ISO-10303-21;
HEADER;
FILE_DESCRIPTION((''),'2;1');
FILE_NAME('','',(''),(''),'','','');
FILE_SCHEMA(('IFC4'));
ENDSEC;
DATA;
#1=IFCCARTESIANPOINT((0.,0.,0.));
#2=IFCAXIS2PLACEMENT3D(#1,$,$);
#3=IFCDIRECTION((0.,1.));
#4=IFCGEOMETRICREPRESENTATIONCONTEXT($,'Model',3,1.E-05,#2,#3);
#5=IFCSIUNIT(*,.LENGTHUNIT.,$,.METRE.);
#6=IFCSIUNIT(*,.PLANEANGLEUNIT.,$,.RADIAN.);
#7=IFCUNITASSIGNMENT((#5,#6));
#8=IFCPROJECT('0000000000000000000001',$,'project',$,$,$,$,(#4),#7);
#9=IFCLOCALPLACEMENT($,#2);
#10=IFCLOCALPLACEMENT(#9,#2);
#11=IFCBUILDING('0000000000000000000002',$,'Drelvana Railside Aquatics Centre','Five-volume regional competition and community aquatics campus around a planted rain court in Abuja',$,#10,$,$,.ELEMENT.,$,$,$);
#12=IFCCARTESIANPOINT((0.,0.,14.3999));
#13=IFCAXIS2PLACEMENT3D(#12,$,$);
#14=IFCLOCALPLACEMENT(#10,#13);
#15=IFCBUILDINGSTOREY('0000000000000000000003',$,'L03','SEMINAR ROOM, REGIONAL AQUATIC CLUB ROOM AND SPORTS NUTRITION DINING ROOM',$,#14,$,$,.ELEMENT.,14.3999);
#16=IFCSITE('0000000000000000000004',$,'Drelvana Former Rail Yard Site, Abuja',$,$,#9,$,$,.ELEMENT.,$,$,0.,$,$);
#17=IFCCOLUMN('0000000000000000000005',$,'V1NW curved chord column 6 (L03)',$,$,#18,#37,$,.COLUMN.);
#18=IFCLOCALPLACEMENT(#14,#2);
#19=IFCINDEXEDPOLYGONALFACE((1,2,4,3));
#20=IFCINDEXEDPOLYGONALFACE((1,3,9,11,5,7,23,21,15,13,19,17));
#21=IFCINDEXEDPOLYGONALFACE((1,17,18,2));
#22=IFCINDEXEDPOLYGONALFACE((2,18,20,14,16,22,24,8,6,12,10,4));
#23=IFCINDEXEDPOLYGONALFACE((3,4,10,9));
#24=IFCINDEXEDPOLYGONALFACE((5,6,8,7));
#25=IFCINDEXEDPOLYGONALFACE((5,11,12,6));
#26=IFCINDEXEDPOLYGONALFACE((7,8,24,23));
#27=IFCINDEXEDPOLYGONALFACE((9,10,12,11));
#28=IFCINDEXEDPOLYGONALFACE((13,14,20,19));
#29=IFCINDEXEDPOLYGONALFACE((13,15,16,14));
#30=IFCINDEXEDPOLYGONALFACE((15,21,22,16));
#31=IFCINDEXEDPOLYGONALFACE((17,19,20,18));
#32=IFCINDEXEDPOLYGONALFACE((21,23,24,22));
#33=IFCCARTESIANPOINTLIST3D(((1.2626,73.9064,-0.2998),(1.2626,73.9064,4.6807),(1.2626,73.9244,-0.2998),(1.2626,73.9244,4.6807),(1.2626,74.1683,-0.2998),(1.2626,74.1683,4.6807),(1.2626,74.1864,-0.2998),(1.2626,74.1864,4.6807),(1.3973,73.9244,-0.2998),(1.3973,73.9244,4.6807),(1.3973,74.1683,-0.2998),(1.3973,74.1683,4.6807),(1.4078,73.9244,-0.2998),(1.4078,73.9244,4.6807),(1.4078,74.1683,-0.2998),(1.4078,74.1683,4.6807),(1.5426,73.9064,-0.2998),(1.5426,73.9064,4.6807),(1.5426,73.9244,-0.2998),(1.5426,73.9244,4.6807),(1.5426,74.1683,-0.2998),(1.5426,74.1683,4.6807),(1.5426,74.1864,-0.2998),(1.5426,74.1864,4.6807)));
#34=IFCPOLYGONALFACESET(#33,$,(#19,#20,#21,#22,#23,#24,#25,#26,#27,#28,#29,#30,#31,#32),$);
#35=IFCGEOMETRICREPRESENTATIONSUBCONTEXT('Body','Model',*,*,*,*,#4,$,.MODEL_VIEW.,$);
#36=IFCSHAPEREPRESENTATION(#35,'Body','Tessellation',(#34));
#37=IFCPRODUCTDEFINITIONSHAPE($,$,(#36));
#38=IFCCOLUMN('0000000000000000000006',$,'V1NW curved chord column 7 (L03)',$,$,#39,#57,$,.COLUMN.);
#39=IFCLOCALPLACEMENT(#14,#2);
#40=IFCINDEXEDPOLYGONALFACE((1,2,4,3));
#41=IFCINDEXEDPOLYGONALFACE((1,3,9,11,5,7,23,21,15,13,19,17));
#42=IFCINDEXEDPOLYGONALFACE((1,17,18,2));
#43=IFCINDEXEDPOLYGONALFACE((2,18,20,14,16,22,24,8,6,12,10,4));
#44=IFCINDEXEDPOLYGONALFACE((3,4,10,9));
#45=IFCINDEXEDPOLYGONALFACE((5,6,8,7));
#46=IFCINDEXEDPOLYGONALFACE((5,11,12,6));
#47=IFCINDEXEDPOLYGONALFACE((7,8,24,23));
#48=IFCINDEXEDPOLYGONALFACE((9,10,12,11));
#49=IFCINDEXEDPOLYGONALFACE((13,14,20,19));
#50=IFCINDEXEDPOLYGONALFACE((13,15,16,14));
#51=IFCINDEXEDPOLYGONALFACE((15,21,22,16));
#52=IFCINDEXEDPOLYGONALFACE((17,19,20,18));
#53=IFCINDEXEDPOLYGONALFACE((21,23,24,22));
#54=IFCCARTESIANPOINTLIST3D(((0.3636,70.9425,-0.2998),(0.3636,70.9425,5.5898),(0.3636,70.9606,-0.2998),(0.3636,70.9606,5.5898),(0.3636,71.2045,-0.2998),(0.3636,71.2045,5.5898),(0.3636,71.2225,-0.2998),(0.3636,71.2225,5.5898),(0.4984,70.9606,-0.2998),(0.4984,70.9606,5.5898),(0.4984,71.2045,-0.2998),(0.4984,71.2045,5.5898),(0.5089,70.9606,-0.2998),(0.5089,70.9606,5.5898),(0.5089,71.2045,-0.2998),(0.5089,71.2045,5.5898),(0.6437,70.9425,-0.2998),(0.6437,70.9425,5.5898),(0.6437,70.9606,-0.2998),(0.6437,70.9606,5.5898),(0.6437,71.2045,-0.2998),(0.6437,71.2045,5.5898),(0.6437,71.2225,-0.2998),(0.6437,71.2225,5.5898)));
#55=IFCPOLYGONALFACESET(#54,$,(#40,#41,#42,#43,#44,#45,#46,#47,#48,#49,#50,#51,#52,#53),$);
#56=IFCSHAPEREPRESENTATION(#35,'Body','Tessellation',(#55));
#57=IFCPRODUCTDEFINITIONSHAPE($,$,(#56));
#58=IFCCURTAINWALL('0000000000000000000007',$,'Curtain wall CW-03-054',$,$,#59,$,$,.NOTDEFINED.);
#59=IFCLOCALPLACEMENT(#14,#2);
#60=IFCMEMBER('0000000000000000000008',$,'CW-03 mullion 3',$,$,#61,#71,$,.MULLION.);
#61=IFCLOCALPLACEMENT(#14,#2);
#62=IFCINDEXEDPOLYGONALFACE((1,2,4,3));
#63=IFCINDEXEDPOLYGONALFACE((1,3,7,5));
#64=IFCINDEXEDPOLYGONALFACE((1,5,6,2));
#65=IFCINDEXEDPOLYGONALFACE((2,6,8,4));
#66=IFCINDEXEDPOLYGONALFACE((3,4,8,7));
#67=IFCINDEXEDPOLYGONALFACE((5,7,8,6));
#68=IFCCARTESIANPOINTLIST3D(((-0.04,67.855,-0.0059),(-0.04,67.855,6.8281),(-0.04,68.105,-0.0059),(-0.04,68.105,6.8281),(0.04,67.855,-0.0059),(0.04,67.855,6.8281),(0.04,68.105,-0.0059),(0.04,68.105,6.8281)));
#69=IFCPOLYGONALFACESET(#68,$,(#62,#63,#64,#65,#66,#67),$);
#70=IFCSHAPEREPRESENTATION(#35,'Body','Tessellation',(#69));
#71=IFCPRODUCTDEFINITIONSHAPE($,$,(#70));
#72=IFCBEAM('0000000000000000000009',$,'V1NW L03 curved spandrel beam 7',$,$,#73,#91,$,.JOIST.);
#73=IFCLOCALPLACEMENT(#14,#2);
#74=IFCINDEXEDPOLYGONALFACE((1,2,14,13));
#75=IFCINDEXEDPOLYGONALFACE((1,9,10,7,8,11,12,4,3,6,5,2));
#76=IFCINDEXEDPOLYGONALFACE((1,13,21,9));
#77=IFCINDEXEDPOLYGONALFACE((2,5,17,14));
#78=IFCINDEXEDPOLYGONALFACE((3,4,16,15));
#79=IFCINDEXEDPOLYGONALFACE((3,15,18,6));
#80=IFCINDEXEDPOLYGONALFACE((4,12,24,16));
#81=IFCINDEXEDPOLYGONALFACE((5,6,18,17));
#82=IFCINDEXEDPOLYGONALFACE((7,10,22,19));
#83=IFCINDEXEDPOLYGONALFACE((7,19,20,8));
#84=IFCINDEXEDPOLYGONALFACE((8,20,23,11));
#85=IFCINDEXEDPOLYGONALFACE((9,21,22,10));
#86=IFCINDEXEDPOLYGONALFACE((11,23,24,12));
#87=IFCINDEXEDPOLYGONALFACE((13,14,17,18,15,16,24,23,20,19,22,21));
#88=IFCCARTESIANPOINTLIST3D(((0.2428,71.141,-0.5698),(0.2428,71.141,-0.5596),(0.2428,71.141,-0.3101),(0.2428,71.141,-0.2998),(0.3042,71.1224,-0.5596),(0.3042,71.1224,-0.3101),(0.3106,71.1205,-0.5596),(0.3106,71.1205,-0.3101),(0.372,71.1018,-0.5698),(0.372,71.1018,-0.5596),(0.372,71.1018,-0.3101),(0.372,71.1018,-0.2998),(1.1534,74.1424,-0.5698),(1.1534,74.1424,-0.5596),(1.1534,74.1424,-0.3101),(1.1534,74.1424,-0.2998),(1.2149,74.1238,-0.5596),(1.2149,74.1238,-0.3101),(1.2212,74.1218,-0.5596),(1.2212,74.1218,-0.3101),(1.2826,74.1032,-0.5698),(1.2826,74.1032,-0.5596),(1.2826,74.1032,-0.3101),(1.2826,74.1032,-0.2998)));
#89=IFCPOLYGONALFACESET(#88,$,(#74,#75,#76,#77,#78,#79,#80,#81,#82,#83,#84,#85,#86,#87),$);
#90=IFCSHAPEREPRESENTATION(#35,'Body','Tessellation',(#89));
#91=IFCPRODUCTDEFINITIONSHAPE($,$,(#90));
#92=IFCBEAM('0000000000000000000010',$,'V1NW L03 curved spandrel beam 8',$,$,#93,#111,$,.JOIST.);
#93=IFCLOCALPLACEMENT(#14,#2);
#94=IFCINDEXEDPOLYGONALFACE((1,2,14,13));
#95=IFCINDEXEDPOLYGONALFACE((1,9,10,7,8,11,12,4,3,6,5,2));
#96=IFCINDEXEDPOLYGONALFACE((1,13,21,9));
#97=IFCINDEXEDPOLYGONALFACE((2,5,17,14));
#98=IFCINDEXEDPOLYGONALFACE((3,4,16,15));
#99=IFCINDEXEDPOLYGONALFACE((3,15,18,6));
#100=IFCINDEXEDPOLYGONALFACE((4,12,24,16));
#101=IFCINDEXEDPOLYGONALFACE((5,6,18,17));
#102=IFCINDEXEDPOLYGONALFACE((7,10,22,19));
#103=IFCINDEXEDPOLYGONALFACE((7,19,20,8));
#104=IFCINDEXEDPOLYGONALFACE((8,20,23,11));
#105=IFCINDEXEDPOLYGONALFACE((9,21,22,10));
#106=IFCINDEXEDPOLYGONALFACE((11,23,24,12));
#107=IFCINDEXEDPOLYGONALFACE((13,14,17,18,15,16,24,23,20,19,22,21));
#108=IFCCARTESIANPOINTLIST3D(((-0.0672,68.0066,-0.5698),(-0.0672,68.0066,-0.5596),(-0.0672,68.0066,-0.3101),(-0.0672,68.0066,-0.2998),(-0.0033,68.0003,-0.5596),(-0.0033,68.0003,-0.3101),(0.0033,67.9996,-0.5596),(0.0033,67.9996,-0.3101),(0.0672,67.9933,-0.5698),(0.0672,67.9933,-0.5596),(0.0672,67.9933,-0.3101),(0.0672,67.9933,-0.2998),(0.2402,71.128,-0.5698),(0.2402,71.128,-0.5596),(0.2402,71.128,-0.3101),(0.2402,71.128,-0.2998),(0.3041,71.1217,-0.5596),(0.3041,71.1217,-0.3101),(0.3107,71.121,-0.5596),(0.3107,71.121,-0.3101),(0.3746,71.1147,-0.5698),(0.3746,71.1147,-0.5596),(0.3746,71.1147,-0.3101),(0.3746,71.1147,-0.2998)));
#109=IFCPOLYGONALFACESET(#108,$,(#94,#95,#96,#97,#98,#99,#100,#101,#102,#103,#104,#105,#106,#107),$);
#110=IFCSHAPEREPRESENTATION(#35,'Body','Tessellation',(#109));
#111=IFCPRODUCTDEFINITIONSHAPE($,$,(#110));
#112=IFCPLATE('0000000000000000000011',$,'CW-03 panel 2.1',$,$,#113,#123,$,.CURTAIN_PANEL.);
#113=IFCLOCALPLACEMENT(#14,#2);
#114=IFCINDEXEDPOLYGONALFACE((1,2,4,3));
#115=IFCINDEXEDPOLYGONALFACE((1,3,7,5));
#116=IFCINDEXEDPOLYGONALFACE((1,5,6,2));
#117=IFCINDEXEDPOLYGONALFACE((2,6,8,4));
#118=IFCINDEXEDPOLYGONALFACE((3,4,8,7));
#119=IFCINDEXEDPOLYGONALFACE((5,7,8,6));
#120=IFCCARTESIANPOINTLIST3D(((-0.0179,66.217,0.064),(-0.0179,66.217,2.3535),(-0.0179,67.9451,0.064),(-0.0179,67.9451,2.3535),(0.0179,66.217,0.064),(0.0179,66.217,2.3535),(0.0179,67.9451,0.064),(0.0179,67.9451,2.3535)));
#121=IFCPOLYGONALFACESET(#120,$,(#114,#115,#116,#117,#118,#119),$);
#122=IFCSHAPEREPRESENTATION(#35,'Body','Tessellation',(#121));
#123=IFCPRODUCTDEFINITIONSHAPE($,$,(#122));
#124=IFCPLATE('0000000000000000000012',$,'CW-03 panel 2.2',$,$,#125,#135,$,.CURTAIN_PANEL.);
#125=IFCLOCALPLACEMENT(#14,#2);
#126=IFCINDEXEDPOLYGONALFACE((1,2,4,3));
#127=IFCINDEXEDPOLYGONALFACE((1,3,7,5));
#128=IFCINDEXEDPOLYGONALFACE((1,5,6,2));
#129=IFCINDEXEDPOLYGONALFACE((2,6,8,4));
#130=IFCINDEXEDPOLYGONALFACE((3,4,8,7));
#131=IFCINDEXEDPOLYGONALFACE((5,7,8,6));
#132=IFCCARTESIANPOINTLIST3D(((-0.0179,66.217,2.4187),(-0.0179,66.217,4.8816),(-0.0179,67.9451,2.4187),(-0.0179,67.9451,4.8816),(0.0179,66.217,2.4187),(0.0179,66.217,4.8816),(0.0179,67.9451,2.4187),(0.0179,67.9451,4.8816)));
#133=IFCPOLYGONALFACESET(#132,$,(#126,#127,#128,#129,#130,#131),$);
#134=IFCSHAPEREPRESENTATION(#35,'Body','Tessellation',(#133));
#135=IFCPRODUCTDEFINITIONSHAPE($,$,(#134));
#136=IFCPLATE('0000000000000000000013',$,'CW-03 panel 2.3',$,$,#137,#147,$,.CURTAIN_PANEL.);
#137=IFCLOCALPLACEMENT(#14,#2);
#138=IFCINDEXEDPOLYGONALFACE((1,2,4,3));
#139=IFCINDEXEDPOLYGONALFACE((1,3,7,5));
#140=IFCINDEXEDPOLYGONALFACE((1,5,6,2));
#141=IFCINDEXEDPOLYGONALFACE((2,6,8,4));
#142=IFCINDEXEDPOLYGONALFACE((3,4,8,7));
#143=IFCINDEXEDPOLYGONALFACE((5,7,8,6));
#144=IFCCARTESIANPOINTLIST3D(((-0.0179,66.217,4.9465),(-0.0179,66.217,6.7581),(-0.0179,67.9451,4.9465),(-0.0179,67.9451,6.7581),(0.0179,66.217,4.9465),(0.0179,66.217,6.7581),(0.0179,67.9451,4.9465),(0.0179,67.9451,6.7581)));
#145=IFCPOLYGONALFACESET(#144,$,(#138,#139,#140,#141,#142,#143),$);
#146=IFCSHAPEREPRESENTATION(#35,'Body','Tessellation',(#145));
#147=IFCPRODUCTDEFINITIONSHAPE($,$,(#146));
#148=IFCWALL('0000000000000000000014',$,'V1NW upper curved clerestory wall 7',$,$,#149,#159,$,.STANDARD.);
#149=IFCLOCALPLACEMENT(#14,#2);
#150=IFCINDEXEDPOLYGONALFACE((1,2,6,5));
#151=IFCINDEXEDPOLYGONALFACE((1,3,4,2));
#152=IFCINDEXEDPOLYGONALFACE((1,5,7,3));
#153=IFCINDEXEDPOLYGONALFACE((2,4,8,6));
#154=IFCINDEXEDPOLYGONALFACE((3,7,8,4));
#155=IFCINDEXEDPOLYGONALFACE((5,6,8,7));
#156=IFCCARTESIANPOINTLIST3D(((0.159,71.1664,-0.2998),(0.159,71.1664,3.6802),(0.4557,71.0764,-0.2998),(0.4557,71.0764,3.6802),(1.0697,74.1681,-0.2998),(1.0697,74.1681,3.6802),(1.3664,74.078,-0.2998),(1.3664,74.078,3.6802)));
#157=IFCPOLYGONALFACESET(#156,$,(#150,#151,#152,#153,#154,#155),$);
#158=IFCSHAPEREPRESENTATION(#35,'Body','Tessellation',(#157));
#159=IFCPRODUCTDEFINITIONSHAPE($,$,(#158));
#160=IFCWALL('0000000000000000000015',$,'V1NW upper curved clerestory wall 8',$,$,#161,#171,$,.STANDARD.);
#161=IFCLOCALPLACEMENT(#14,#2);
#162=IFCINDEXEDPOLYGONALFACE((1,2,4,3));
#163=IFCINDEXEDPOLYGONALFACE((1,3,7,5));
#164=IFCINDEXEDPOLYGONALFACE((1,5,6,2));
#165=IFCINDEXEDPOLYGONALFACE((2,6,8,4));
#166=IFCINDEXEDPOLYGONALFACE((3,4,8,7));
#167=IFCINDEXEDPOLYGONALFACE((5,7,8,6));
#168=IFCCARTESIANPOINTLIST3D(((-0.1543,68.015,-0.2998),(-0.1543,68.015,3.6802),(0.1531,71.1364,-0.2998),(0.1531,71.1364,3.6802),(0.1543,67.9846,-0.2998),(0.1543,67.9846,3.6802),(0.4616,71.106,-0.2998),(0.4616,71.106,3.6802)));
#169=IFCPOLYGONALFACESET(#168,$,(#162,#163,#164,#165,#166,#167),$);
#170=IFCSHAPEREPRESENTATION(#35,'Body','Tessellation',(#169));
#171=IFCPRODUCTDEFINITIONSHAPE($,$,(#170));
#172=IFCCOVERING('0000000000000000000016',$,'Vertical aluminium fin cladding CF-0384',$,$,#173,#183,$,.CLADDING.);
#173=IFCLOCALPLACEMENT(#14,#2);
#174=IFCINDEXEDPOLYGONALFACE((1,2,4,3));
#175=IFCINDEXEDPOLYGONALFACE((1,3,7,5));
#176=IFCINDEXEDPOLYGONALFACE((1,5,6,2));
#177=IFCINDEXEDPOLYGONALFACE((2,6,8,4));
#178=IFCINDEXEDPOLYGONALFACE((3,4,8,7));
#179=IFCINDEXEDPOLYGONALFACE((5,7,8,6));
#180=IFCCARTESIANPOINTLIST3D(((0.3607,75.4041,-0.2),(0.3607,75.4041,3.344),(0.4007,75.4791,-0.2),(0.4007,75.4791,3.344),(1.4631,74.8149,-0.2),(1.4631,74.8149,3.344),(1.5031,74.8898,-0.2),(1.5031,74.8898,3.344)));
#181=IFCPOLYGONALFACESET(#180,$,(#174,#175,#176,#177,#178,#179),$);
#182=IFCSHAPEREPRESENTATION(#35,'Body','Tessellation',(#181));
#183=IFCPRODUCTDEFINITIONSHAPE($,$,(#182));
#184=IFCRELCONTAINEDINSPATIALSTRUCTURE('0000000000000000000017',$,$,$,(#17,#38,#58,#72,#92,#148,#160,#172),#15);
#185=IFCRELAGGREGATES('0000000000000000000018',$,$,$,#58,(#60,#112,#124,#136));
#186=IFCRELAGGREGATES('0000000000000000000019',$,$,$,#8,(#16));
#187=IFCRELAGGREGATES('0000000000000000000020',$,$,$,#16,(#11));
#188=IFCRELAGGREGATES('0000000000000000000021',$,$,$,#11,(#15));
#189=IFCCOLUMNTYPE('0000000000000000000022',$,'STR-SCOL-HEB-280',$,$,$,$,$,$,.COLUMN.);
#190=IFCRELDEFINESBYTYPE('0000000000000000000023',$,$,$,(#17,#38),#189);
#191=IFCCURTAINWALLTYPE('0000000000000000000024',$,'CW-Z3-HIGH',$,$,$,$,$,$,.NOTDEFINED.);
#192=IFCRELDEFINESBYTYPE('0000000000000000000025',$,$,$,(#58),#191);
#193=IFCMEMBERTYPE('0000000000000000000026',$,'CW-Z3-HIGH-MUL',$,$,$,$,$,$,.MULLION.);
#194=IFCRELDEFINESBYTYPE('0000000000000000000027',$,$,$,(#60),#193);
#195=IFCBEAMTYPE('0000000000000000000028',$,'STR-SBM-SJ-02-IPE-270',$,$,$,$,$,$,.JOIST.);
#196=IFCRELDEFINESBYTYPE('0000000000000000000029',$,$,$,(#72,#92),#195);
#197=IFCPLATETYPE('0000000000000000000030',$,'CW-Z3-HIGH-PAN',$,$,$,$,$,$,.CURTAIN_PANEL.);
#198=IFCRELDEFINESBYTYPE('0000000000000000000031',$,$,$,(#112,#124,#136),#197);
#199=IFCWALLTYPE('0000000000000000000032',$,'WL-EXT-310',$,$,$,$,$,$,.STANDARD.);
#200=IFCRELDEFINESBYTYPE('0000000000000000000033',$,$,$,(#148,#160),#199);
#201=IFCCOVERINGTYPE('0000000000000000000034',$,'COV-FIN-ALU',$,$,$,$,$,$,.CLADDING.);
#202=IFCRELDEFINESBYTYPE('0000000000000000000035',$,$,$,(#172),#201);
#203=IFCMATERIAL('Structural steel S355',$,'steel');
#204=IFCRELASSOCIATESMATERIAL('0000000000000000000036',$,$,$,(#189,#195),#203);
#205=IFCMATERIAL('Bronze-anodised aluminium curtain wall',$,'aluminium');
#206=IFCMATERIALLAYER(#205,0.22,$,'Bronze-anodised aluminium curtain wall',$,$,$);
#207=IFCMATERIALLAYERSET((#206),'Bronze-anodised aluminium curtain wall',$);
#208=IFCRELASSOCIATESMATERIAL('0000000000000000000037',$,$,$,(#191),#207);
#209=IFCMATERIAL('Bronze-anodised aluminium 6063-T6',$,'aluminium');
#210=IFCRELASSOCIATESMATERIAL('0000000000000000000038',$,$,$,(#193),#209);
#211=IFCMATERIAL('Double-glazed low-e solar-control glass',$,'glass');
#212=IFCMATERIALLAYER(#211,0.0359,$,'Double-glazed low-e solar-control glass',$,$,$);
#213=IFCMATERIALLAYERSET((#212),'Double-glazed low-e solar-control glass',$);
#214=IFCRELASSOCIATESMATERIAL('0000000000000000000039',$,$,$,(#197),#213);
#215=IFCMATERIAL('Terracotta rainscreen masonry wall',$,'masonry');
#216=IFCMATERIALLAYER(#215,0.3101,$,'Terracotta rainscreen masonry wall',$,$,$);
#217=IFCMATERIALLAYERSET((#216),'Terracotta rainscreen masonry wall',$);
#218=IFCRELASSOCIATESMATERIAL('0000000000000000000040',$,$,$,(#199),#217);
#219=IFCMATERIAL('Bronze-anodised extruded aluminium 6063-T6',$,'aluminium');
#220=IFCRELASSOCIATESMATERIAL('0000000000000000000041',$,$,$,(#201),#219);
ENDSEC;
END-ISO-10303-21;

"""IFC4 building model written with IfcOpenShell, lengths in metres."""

from ifc_helpers import new_model, si_unit, direction, frame, frame_2d, origin, origin_2d, place, context, subcontext, project, spatial, rectangle, i_section, extrude, material, layer, layer_set, material_profile, profile_set, type_object, element, aggregate, save


model = new_model("IFC4")

# Units and contexts
model_context = context("Model", 3, precision=1e-05, world=origin(), true_north=direction((0.0, 1.0)))
body_context = subcontext(model_context, "Body", "Model", "MODEL_VIEW")
ifc_project = project(units=[si_unit("LENGTHUNIT", "METRE"), si_unit("PLANEANGLEUNIT", "RADIAN")], contexts=[model_context])

# Site, building, storey
site_placement = place(None, origin())
site = spatial("IfcSite", under=ifc_project, at=site_placement, Name="Drelvana Former Rail Yard Site, Abuja", CompositionType="ELEMENT", RefElevation=0.0)
building_placement = place(site_placement, origin())
building = spatial("IfcBuilding", under=site, at=building_placement, Name="Drelvana Railside Aquatics Centre", Description="Five-volume regional competition and community aquatics campus around a planted rain court in Abuja", CompositionType="ELEMENT")
storey_placement = place(building_placement, frame((0.0, 0.0, 14.3999)))
storey = spatial("IfcBuildingStorey", under=building, at=storey_placement, Name="L03", Description="SEMINAR ROOM, REGIONAL AQUATIC CLUB ROOM AND SPORTS NUTRITION DINING ROOM", CompositionType="ELEMENT", Elevation=14.3999)

# Columns
ifc_material_1 = material(Name="Structural steel S355", Category="steel")
ifc_material_profile_1 = material_profile(ifc_material_1, i_section(OverallWidth=0.28, OverallDepth=0.28, WebThickness=0.0105, FlangeThickness=0.0181, at=origin_2d()), Name="HEB 280")
ifc_profile_set_1 = profile_set([ifc_material_profile_1], Name="Structural steel S355")
column_type = type_object("IfcColumnType", Name="STR-SCOL-HEB-280", PredefinedType="COLUMN", material=ifc_profile_set_1)
column_1_placement = place(storey_placement, frame((1.4026, 74.0464, -0.2998), z_axis=(0.0, 0.0, 1.0), x_axis=(1.0, 0.0, 0.0)))
element("IfcColumn", 1, at=column_1_placement, inside=storey, type_object=column_type, Name="V1NW curved chord column 6 (L03)", PredefinedType="COLUMN", context=body_context, shape_type="SweptSolid", body=[
    extrude(i_section(OverallWidth=0.28, OverallDepth=0.28, WebThickness=0.0105, FlangeThickness=0.0181, at=origin_2d()), origin(), (0.0, 0.0, 1.0), 4.9805),
])
column_2_placement = place(storey_placement, frame((0.5037, 71.0825, -0.2998), z_axis=(0.0, 0.0, 1.0), x_axis=(1.0, 0.0, 0.0)))
element("IfcColumn", 2, at=column_2_placement, inside=storey, type_object=column_type, Name="V1NW curved chord column 7 (L03)", PredefinedType="COLUMN", context=body_context, shape_type="SweptSolid", body=[
    extrude(i_section(OverallWidth=0.28, OverallDepth=0.28, WebThickness=0.0105, FlangeThickness=0.0181, at=origin_2d()), origin(), (0.0, 0.0, 1.0), 5.8896),
])

# Curtain wall, member
ifc_material_2 = material(Name="Bronze-anodised aluminium curtain wall", Category="aluminium")
ifc_layer_1 = layer(ifc_material_2, 0.22, Name="Bronze-anodised aluminium curtain wall")
ifc_layer_set_1 = layer_set([ifc_layer_1], Name="Bronze-anodised aluminium curtain wall")
curtain_wall_type = type_object("IfcCurtainWallType", Name="CW-Z3-HIGH", PredefinedType="NOTDEFINED", material=ifc_layer_set_1)
curtain_wall_placement = place(storey_placement, origin())
curtain_wall = element("IfcCurtainWall", 3, at=curtain_wall_placement, inside=storey, type_object=curtain_wall_type, Name="Curtain wall CW-03-054", PredefinedType="NOTDEFINED")
ifc_material_3 = material(Name="Bronze-anodised aluminium 6063-T6", Category="aluminium")
ifc_material_profile_2 = material_profile(ifc_material_3, rectangle(XDim=0.0801, YDim=0.25, at=origin_2d()), Name="ALU-M 80x250")
ifc_profile_set_2 = profile_set([ifc_material_profile_2], Name="Bronze-anodised aluminium 6063-T6")
member_type = type_object("IfcMemberType", Name="CW-Z3-HIGH-MUL", PredefinedType="MULLION", material=ifc_profile_set_2)
member_placement = place(storey_placement, frame((0.0, 67.98, -0.0059), z_axis=(0.0, 0.0, 1.0), x_axis=(-1.0, 0.0, 0.0)))
member = element("IfcMember", 4, at=member_placement, type_object=member_type, Name="CW-03 mullion 3", PredefinedType="MULLION", context=body_context, shape_type="SweptSolid", body=[
    extrude(rectangle(XDim=0.0801, YDim=0.25, at=origin_2d()), origin(), (0.0, 0.0, 1.0), 6.834),
])

# Beams
ifc_material_profile_3 = material_profile(ifc_material_1, i_section(OverallWidth=0.135, OverallDepth=0.27, WebThickness=0.0066, FlangeThickness=0.0103, at=origin_2d()), Name="IPE 270")
ifc_profile_set_3 = profile_set([ifc_material_profile_3], Name="Structural steel S355")
beam_type = type_object("IfcBeamType", Name="STR-SBM-SJ-02-IPE-270", PredefinedType="JOIST", material=ifc_profile_set_3)
for number, where, z_axis, x_axis, name in (
    (5, (1.218, 74.1228, -0.4348), (-0.290331, -0.956926, 0.0), (0.956926, -0.290331, 0.0), "V1NW L03 curved spandrel beam 7"),
    (6, (0.3074, 71.1213, -0.4348), (-0.098001, -0.995186, 0.0), (0.995186, -0.098001, 0.0), "V1NW L03 curved spandrel beam 8"),
):
    element("IfcBeam", number, at=place(storey_placement, frame(where, z_axis=z_axis, x_axis=x_axis)), inside=storey, type_object=beam_type, Name=name, PredefinedType="JOIST", context=body_context, shape_type="SweptSolid", body=[
        extrude(i_section(OverallWidth=0.135, OverallDepth=0.27, WebThickness=0.0066, FlangeThickness=0.0103, at=origin_2d()), origin(), (0.0, 0.0, 1.0), 3.1365),
    ])

# Plates
ifc_material_4 = material(Name="Double-glazed low-e solar-control glass", Category="glass")
ifc_layer_2 = layer(ifc_material_4, 0.0359, Name="Double-glazed low-e solar-control glass")
ifc_layer_set_2 = layer_set([ifc_layer_2], Name="Double-glazed low-e solar-control glass")
plate_type = type_object("IfcPlateType", Name="CW-Z3-HIGH-PAN", PredefinedType="CURTAIN_PANEL", material=ifc_layer_set_2)
plate_1_placement = place(storey_placement, frame((0.0, 67.0811, 0.064), z_axis=(0.0, 0.0, 1.0), x_axis=(0.0, 1.0, 0.0)))
plate_1 = element("IfcPlate", 7, at=plate_1_placement, type_object=plate_type, Name="CW-03 panel 2.1", PredefinedType="CURTAIN_PANEL", context=body_context, shape_type="SweptSolid", body=[
    extrude(rectangle(XDim=1.728, YDim=0.0359, at=origin_2d()), origin(), (0.0, 0.0, 1.0), 2.2896),
])
plate_2_placement = place(storey_placement, frame((0.0, 67.0811, 2.4187), z_axis=(0.0, 0.0, 1.0), x_axis=(0.0, 1.0, 0.0)))
plate_2 = element("IfcPlate", 8, at=plate_2_placement, type_object=plate_type, Name="CW-03 panel 2.2", PredefinedType="CURTAIN_PANEL", context=body_context, shape_type="SweptSolid", body=[
    extrude(rectangle(XDim=1.728, YDim=0.0359, at=origin_2d()), origin(), (0.0, 0.0, 1.0), 2.4629),
])
plate_3_placement = place(storey_placement, frame((0.0, 67.0811, 4.9465), z_axis=(0.0, 0.0, 1.0), x_axis=(0.0, 1.0, 0.0)))
plate_3 = element("IfcPlate", 9, at=plate_3_placement, type_object=plate_type, Name="CW-03 panel 2.3", PredefinedType="CURTAIN_PANEL", context=body_context, shape_type="SweptSolid", body=[
    extrude(rectangle(XDim=1.728, YDim=0.0359, at=origin_2d()), origin(), (0.0, 0.0, 1.0), 1.8115),
])
aggregate(curtain_wall, [member, plate_1, plate_2, plate_3])

# Walls
ifc_material_5 = material(Name="Terracotta rainscreen masonry wall", Category="masonry")
ifc_layer_3 = layer(ifc_material_5, 0.3101, Name="Terracotta rainscreen masonry wall")
ifc_layer_set_3 = layer_set([ifc_layer_3], Name="Terracotta rainscreen masonry wall")
wall_type = type_object("IfcWallType", Name="WL-EXT-310", PredefinedType="STANDARD", material=ifc_layer_set_3)
wall_1_placement = place(storey_placement, frame((1.218, 74.123, -0.2998), z_axis=(0.0, 0.0, 1.0), x_axis=(-0.29031, -0.956933, 0.0)))
element("IfcWall", 10, at=wall_1_placement, inside=storey, type_object=wall_type, Name="V1NW upper curved clerestory wall 7", PredefinedType="STANDARD", context=body_context, shape_type="SweptSolid", body=[
    extrude(rectangle(XDim=3.1367, YDim=0.3101, at=frame_2d((1.5684, 0.0))), origin(), (0.0, 0.0, 1.0), 3.98),
])
wall_2_placement = place(storey_placement, frame((0.3074, 71.1213, -0.2998), z_axis=(0.0, 0.0, 1.0), x_axis=(-0.098001, -0.995186, 0.0)))
element("IfcWall", 11, at=wall_2_placement, inside=storey, type_object=wall_type, Name="V1NW upper curved clerestory wall 8", PredefinedType="STANDARD", context=body_context, shape_type="SweptSolid", body=[
    extrude(rectangle(XDim=3.1365, YDim=0.3101, at=frame_2d((1.5684, 0.0))), origin(), (0.0, 0.0, 1.0), 3.98),
])

# Covering
ifc_material_6 = material(Name="Bronze-anodised extruded aluminium 6063-T6", Category="aluminium")
covering_type = type_object("IfcCoveringType", Name="COV-FIN-ALU", PredefinedType="CLADDING", material=ifc_material_6)
covering_placement = place(storey_placement, frame((0.9319, 75.147, -0.2), z_axis=(0.0, 0.0, 1.0), x_axis=(0.471397, 0.881921, 0.0)))
element("IfcCovering", 12, at=covering_placement, inside=storey, type_object=covering_type, Name="Vertical aluminium fin cladding CF-0384", PredefinedType="CLADDING", context=body_context, shape_type="SweptSolid", body=[
    extrude(rectangle(XDim=0.085, YDim=1.25, at=origin_2d()), origin(), (0.0, 0.0, 1.0), 3.5439),
])

save(model, "model.ifc")
